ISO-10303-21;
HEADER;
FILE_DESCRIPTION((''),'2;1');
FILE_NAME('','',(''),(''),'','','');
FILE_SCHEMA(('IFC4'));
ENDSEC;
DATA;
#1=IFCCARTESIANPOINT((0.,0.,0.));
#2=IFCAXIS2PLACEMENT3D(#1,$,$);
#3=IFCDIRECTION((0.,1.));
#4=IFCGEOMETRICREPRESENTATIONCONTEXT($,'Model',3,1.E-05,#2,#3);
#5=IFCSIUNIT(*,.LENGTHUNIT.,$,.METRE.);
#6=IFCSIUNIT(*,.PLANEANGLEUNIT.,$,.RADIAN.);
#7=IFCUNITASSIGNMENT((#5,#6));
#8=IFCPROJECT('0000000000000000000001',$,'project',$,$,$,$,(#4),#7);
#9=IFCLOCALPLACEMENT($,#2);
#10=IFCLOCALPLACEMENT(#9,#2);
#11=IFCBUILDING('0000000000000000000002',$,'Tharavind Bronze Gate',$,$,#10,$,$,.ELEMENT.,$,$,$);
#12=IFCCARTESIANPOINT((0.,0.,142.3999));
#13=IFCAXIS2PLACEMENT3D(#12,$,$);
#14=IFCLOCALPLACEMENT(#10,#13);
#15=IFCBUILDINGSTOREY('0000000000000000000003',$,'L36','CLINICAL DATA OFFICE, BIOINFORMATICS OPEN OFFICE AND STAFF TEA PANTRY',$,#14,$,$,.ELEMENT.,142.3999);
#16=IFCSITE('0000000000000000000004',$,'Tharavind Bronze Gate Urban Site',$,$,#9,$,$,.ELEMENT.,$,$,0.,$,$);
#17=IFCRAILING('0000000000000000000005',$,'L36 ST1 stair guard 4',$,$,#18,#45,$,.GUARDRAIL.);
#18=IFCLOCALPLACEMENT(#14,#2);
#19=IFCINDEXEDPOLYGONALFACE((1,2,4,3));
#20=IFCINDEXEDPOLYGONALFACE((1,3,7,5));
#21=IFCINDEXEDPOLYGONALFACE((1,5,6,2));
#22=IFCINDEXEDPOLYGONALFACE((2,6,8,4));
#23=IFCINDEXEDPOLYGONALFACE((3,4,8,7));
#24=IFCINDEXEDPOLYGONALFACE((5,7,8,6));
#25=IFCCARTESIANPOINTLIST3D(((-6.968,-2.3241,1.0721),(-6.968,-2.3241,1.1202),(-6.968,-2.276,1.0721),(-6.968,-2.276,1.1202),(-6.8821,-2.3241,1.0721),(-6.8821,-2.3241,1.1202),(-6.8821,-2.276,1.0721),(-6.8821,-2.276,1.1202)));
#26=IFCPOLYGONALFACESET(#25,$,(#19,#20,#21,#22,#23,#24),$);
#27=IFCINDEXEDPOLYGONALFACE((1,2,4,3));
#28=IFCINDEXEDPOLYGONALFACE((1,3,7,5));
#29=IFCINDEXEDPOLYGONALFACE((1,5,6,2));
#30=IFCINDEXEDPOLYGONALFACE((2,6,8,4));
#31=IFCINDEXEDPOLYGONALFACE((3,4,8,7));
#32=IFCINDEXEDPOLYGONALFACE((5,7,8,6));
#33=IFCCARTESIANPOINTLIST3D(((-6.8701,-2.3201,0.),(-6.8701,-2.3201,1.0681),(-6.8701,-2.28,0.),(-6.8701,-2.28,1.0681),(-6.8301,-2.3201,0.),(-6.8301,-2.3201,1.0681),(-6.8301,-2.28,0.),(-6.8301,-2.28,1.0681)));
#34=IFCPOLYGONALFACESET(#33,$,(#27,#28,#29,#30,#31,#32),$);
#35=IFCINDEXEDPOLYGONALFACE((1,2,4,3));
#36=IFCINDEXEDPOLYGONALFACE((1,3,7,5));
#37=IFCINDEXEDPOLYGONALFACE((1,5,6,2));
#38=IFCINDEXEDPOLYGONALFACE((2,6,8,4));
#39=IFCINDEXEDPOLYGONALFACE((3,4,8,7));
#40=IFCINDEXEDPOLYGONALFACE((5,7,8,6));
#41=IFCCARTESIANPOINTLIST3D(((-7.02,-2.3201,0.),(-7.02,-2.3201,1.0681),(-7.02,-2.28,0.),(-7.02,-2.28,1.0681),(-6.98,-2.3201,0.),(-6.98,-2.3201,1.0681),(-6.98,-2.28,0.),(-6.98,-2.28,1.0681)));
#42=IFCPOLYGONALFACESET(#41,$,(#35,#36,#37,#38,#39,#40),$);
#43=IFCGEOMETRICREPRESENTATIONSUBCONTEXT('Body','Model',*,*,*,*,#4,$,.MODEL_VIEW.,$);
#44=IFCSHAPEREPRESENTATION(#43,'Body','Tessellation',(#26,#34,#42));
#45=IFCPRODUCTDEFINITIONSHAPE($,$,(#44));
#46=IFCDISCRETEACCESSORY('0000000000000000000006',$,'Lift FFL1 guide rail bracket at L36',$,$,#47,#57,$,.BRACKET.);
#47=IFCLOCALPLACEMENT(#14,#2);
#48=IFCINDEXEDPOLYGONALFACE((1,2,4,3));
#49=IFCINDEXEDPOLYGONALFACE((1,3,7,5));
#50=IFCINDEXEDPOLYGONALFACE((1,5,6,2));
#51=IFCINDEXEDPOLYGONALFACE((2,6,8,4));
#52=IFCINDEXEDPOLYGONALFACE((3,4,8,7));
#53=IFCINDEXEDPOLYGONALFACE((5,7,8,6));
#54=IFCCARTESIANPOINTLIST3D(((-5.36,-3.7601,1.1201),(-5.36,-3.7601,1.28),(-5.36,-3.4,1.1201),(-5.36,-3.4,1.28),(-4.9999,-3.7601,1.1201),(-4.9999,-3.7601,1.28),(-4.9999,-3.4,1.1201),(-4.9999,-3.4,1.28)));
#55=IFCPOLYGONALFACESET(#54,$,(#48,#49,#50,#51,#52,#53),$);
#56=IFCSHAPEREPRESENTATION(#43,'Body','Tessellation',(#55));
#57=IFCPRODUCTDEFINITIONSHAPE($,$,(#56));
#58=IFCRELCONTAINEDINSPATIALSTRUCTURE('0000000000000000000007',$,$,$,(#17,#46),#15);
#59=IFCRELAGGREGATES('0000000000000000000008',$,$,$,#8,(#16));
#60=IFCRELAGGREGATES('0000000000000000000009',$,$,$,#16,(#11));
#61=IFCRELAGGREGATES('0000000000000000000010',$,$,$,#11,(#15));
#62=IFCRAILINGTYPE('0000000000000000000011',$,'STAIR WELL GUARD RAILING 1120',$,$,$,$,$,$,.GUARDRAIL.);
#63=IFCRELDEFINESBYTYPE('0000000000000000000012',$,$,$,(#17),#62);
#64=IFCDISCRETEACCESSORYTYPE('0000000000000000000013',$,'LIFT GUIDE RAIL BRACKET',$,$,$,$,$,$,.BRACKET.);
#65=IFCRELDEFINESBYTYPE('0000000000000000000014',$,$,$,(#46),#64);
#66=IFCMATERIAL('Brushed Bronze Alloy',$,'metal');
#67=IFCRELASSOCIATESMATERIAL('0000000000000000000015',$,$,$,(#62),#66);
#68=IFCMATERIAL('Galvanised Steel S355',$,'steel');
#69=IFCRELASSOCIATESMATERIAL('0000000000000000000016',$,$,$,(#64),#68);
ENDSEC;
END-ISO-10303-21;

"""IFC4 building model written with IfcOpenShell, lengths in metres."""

from ifc_helpers import new_model, si_unit, direction, frame, origin, origin_2d, place, context, subcontext, project, spatial, rectangle, extrude, material, type_object, element, save


model = new_model("IFC4")

# Units and contexts
model_context = context("Model", 3, precision=1e-05, world=origin(), true_north=direction((0.0, 1.0)))
body_context = subcontext(model_context, "Body", "Model", "MODEL_VIEW")
ifc_project = project(units=[si_unit("LENGTHUNIT", "METRE"), si_unit("PLANEANGLEUNIT", "RADIAN")], contexts=[model_context])

# Site, building, storey
site_placement = place(None, origin())
site = spatial("IfcSite", under=ifc_project, at=site_placement, Name="Tharavind Bronze Gate Urban Site", CompositionType="ELEMENT", RefElevation=0.0)
building_placement = place(site_placement, origin())
building = spatial("IfcBuilding", under=site, at=building_placement, Name="Tharavind Bronze Gate", CompositionType="ELEMENT")
storey_placement = place(building_placement, frame((0.0, 0.0, 142.3999)))
storey = spatial("IfcBuildingStorey", under=building, at=storey_placement, Name="L36", Description="CLINICAL DATA OFFICE, BIOINFORMATICS OPEN OFFICE AND STAFF TEA PANTRY", CompositionType="ELEMENT", Elevation=142.3999)

# Railing
ifc_material_1 = material(Name="Brushed Bronze Alloy", Category="metal")
railing_type_1 = type_object("IfcRailingType", Name="STAIR WELL GUARD RAILING 1120", PredefinedType="GUARDRAIL", material=ifc_material_1)
railing_1_placement = place(storey_placement, frame((-6.8501, -2.3, 0.0)))
element("IfcRailing", 1, at=railing_1_placement, inside=storey, type_object=railing_type_1, Name="L36 ST1 stair guard 4", PredefinedType="GUARDRAIL", context=body_context, shape_type="SweptSolid", body=[
    extrude(rectangle(XDim=0.0481, YDim=0.0481, at=origin_2d()), frame((-0.032, 0.0, 1.0962), z_axis=(-1.0, 0.0, 0.0), x_axis=(0.0, -1.0, 0.0)), (0.0, 0.0, 1.0), 0.0859),
    extrude(rectangle(XDim=0.04, YDim=0.04, at=origin_2d()), origin(), (0.0, 0.0, 1.0), 1.0681),
    extrude(rectangle(XDim=0.04, YDim=0.04, at=origin_2d()), frame((-0.1499, 0.0, 0.0)), (0.0, 0.0, 1.0), 1.0681),
])

# Discrete accessory
ifc_material_2 = material(Name="Galvanised Steel S355", Category="steel")
discrete_accessory_type = type_object("IfcDiscreteAccessoryType", Name="LIFT GUIDE RAIL BRACKET", PredefinedType="BRACKET", material=ifc_material_2)
discrete_accessory_placement = place(storey_placement, frame((-5.1799, -3.5801, 1.1201), z_axis=(0.0, 0.0, 1.0), x_axis=(1.0, 0.0, 0.0)))
element("IfcDiscreteAccessory", 2, at=discrete_accessory_placement, inside=storey, type_object=discrete_accessory_type, Name="Lift FFL1 guide rail bracket at L36", PredefinedType="BRACKET", context=body_context, shape_type="SweptSolid", body=[
    extrude(rectangle(XDim=0.3601, YDim=0.3601, at=origin_2d()), origin(), (0.0, 0.0, 1.0), 0.1599),
])

save(model, "model.ifc")
